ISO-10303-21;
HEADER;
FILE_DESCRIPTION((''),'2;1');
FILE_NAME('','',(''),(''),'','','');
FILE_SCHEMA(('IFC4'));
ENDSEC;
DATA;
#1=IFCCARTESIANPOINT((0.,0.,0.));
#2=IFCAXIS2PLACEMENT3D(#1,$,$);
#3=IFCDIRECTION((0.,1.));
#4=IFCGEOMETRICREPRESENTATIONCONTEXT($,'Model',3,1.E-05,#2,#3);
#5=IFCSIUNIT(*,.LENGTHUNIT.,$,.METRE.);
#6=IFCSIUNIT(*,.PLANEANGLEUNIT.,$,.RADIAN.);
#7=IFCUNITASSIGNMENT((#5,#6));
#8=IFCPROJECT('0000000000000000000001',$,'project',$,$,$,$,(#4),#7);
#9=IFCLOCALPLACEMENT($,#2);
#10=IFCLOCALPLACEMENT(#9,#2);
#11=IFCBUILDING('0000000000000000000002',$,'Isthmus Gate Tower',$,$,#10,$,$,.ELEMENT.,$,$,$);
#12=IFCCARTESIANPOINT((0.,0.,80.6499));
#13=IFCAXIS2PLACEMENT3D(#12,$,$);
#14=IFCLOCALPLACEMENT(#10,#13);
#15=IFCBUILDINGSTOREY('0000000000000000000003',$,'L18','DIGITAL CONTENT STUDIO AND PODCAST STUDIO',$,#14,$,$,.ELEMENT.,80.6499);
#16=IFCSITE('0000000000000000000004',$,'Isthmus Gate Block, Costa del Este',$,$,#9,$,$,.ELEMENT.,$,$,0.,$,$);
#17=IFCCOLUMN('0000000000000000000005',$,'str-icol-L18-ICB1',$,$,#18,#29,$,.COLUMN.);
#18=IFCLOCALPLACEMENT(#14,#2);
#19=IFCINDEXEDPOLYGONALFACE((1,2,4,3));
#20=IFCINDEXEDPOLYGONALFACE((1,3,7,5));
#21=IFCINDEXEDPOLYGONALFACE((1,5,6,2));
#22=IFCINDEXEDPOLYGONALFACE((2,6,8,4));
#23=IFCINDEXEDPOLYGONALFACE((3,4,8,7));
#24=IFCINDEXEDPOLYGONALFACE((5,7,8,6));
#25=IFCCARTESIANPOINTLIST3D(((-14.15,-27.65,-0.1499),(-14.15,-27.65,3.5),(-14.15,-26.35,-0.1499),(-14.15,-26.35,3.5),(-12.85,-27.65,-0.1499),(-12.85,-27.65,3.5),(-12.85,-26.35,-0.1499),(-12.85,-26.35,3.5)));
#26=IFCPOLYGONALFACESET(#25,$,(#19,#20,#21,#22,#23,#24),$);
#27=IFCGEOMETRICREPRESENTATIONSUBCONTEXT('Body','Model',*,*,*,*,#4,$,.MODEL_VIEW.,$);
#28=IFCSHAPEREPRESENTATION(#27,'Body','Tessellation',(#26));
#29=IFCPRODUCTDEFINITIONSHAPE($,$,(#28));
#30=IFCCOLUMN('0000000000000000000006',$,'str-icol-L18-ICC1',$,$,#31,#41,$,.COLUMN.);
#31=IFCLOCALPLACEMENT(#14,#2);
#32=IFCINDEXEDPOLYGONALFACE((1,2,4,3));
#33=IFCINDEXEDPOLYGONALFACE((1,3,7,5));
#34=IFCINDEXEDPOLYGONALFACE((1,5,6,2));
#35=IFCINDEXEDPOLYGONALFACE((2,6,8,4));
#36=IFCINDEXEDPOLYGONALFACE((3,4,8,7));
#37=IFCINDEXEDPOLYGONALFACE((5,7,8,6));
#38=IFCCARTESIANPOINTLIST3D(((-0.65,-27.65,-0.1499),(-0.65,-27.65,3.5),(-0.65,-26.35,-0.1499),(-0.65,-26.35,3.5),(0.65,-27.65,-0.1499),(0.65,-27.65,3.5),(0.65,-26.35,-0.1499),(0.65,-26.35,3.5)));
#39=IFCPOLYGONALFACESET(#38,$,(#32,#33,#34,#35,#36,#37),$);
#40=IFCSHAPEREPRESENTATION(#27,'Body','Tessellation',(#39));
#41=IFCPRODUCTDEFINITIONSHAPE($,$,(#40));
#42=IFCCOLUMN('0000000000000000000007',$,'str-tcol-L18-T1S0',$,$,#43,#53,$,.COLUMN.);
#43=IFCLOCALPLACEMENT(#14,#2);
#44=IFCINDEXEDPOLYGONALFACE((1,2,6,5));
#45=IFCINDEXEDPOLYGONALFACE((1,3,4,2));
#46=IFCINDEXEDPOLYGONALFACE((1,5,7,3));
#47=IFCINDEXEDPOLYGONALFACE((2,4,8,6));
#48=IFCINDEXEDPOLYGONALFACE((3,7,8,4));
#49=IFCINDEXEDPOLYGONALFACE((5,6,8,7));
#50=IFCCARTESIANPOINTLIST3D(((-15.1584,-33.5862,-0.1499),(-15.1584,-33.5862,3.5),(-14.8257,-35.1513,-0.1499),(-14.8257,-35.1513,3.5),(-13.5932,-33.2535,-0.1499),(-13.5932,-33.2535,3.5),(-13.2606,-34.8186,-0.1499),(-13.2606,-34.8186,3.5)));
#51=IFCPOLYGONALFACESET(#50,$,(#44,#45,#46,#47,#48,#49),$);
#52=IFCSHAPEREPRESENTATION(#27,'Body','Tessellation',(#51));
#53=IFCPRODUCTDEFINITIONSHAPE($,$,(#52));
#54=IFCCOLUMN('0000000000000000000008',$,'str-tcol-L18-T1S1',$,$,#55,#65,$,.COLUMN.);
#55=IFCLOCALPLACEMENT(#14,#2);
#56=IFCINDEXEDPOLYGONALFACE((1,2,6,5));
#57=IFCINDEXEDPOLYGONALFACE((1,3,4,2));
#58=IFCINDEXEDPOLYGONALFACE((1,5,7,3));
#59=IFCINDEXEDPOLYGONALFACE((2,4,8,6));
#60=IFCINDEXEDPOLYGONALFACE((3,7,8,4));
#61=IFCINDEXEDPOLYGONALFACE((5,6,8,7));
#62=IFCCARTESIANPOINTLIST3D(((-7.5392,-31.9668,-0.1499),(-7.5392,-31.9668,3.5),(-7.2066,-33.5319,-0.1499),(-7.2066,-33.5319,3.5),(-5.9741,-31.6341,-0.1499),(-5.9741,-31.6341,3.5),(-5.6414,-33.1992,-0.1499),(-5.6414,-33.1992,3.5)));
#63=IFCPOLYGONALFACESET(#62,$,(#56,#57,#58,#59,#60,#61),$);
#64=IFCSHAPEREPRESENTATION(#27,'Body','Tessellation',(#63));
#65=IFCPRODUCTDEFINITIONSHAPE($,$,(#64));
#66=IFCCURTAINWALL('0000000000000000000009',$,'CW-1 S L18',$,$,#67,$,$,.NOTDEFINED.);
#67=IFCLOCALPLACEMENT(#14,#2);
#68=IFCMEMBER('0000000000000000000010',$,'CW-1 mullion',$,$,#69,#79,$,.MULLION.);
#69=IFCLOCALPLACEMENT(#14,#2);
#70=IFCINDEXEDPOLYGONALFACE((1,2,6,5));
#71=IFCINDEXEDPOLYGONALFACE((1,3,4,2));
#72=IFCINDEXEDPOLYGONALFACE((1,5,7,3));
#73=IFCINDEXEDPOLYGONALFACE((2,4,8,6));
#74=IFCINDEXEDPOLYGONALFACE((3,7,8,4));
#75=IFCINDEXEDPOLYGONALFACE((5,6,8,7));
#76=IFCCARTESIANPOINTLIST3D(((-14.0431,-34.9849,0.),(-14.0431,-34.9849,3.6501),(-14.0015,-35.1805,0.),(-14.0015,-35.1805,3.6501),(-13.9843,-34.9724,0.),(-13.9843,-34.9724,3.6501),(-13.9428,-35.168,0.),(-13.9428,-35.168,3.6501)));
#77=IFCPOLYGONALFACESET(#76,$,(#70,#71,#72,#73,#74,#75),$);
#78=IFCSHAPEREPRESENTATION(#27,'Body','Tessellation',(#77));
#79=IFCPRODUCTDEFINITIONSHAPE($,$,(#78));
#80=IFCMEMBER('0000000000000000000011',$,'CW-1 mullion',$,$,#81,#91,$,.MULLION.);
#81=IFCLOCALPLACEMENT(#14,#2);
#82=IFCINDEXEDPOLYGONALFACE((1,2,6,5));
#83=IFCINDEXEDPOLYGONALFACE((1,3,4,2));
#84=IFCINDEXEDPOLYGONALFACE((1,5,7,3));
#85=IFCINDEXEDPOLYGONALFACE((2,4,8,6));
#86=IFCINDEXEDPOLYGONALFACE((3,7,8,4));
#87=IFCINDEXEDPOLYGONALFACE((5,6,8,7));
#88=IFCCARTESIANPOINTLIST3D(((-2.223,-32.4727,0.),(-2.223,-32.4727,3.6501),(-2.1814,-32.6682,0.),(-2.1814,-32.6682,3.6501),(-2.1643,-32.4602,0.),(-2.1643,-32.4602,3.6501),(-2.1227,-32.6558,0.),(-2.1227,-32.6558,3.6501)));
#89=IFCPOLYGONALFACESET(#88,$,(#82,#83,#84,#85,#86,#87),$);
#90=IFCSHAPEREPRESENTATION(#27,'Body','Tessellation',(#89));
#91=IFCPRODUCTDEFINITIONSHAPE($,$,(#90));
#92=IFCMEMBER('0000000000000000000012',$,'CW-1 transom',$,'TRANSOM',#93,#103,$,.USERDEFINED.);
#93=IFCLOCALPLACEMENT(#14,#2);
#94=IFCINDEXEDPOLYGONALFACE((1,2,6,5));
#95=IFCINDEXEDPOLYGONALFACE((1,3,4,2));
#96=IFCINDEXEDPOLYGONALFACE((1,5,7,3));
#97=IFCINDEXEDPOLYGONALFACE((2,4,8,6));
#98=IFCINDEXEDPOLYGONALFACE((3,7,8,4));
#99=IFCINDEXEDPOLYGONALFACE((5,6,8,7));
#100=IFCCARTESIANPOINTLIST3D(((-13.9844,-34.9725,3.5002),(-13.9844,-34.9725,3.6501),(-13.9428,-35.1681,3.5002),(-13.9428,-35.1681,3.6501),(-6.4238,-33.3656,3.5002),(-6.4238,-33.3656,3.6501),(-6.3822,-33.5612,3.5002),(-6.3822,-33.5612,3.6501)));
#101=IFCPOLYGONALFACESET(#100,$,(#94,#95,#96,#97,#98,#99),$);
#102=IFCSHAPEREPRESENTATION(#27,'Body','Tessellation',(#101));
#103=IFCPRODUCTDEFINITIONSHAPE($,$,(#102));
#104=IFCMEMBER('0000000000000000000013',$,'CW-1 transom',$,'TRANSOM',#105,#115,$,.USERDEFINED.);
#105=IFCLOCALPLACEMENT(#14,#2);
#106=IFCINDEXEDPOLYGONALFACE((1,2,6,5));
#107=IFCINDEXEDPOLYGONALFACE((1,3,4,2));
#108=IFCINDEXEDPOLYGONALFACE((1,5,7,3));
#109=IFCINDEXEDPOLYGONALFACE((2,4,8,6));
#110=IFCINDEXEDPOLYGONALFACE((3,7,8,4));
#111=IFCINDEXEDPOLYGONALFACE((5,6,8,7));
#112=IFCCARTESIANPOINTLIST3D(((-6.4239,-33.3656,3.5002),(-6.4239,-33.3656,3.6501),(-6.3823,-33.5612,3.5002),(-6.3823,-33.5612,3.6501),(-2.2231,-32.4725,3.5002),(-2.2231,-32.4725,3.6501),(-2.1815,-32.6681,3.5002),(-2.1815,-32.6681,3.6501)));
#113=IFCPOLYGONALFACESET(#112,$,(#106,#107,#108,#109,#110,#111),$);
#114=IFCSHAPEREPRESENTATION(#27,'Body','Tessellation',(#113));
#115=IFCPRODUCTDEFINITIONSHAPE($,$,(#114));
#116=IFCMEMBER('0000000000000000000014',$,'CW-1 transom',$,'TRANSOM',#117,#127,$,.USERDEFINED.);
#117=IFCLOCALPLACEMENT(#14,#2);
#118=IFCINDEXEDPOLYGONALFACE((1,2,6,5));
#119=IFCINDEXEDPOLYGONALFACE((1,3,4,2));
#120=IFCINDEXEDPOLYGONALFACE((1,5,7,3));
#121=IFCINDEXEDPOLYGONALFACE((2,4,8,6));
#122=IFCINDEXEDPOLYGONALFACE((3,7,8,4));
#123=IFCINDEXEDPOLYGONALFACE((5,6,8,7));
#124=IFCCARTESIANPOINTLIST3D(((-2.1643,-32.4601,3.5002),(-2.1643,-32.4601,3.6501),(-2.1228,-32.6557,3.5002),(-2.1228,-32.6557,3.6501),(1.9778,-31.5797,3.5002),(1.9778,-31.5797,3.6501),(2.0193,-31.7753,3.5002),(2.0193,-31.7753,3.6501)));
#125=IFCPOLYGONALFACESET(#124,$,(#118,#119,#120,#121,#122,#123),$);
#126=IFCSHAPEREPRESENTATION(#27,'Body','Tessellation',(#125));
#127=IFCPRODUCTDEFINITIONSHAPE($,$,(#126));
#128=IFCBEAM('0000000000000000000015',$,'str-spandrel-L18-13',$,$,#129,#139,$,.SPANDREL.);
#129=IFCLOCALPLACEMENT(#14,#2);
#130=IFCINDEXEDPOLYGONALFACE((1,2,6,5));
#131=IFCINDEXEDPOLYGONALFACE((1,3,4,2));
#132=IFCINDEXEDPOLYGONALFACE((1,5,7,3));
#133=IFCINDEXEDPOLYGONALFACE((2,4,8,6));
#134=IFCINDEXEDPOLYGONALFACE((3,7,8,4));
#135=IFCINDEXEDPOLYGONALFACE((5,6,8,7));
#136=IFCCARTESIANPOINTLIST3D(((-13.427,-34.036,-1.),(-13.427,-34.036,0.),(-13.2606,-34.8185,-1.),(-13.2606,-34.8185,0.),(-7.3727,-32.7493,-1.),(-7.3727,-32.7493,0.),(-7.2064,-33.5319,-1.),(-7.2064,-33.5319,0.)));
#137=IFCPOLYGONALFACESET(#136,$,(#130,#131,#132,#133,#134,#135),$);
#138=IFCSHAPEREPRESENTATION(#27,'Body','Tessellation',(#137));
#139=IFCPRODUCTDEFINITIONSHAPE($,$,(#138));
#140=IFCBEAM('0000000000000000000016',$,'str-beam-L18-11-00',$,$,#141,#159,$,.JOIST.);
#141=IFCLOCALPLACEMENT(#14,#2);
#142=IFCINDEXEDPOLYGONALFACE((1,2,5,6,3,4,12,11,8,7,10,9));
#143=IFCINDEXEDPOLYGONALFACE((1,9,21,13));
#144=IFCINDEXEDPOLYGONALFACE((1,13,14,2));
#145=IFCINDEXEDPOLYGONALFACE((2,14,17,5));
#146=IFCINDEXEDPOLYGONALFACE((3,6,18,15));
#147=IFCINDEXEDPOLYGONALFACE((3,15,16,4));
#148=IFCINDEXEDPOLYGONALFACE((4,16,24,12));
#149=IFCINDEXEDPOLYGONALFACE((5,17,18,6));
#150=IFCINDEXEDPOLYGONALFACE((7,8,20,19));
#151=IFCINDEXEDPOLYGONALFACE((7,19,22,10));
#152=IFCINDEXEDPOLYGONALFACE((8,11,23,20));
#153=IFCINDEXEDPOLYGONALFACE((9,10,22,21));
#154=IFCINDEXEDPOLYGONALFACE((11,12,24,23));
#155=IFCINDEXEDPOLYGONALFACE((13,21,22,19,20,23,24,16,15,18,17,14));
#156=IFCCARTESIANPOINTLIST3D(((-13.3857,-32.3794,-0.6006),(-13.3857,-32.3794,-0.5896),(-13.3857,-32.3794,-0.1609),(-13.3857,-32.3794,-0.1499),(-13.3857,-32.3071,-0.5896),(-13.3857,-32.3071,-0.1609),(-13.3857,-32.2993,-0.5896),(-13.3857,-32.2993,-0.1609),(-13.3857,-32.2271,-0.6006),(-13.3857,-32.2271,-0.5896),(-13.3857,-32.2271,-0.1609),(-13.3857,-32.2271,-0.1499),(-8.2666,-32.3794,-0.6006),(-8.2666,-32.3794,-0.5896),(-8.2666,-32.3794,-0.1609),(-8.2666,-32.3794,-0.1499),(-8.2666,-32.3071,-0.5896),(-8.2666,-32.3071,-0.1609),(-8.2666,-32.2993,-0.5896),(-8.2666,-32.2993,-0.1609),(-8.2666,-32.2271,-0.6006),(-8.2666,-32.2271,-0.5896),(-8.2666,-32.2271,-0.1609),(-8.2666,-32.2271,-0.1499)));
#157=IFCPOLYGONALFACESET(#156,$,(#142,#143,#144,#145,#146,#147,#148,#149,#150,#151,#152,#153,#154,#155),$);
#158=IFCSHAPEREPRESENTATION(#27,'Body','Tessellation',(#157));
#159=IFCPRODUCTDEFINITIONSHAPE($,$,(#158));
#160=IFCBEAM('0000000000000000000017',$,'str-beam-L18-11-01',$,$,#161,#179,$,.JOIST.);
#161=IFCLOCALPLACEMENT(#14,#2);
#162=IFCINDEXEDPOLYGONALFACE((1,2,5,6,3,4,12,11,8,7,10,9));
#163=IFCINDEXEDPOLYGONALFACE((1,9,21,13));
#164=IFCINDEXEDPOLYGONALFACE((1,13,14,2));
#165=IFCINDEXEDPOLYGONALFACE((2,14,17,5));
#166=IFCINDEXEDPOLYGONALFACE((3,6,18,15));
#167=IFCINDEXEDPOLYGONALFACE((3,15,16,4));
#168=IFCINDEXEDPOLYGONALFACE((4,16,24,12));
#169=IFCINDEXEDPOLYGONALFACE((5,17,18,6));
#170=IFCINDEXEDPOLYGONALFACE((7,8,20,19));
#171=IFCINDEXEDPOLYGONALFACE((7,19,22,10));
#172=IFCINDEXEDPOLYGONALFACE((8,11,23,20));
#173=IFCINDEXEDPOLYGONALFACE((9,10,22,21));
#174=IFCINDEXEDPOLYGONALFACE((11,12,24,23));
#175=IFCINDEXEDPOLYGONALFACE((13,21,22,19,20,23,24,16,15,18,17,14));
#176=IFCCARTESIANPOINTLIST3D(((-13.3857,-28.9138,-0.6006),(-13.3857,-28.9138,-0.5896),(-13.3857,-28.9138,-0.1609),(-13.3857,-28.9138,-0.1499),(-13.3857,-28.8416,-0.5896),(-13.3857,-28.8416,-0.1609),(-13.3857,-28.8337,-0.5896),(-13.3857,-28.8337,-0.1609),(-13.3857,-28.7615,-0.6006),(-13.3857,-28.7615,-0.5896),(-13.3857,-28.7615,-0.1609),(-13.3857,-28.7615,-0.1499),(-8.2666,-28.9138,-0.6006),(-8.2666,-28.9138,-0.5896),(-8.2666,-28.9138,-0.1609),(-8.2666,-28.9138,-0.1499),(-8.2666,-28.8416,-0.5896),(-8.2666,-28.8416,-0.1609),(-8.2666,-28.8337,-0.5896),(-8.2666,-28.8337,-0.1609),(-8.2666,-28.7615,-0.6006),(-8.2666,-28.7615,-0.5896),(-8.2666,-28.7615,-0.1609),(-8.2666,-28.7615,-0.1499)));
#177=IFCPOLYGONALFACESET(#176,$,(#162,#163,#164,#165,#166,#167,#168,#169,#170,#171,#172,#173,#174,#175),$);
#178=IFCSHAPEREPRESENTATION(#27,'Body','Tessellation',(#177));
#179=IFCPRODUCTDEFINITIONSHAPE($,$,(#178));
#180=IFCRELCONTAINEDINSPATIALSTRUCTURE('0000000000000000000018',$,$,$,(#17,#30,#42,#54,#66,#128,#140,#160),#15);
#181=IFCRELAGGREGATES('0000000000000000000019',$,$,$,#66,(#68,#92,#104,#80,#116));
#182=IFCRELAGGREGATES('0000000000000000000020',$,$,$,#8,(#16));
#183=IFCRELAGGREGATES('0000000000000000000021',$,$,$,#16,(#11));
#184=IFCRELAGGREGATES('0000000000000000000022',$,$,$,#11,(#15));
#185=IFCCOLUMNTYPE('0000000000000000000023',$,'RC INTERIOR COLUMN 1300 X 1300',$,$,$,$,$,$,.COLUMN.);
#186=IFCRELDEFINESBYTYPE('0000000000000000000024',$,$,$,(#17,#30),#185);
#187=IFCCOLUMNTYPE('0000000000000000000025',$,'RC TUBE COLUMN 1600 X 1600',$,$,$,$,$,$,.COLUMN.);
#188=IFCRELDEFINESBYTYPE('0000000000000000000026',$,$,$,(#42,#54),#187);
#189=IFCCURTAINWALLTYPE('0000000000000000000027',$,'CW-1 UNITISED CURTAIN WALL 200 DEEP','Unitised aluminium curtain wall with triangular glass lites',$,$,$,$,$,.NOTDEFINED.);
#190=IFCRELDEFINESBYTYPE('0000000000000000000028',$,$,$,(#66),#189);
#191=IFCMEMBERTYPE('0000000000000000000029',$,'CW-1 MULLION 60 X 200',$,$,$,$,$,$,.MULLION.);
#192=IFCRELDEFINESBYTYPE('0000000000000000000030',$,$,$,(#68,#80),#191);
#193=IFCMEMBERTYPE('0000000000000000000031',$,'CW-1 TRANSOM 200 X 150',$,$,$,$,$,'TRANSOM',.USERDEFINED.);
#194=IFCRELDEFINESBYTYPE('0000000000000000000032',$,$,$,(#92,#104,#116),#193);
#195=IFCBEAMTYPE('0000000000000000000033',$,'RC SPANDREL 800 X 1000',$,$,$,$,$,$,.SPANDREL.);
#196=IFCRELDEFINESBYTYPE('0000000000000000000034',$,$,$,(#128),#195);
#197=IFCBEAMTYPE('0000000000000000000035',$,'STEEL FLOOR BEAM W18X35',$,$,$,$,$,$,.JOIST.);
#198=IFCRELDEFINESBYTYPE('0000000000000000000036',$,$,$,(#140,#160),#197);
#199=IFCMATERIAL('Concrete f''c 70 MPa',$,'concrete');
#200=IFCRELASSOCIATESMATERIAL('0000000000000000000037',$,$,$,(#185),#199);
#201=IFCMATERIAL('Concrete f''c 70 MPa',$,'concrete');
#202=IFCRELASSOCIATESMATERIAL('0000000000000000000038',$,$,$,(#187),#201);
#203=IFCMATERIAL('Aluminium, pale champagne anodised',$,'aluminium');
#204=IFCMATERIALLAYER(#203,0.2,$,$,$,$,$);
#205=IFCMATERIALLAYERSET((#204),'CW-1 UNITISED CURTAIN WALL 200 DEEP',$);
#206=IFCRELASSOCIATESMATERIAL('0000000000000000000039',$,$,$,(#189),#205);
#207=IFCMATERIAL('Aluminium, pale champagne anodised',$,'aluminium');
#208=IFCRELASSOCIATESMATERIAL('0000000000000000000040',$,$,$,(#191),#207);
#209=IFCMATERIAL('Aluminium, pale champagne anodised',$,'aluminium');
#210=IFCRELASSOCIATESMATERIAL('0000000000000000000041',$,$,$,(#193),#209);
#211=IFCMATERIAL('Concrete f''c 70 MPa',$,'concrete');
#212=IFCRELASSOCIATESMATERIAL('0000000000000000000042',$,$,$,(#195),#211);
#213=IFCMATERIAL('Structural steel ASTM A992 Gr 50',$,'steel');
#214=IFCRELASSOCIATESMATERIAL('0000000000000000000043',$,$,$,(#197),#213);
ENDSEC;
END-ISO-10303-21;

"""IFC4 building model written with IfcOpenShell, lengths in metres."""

from ifc_helpers import new_model, si_unit, direction, frame, origin, origin_2d, place, context, subcontext, project, spatial, rectangle, i_section, extrude, material, layer, layer_set, material_profile, profile_set, type_object, element, aggregate, save


model = new_model("IFC4")

# Units and contexts
model_context = context("Model", 3, precision=1e-05, world=origin(), true_north=direction((0.0, 1.0)))
body_context = subcontext(model_context, "Body", "Model", "MODEL_VIEW")
ifc_project = project(units=[si_unit("LENGTHUNIT", "METRE"), si_unit("PLANEANGLEUNIT", "RADIAN")], contexts=[model_context])

# Site, building, storey
site_placement = place(None, origin())
site = spatial("IfcSite", under=ifc_project, at=site_placement, Name="Isthmus Gate Block, Costa del Este", CompositionType="ELEMENT", RefElevation=0.0)
building_placement = place(site_placement, origin())
building = spatial("IfcBuilding", under=site, at=building_placement, Name="Isthmus Gate Tower", CompositionType="ELEMENT")
storey_placement = place(building_placement, frame((0.0, 0.0, 80.6499)))
storey = spatial("IfcBuildingStorey", under=building, at=storey_placement, Name="L18", Description="DIGITAL CONTENT STUDIO AND PODCAST STUDIO", CompositionType="ELEMENT", Elevation=80.6499)

# Columns
ifc_material_1 = material(Name="Concrete f'c 70 MPa", Category="concrete")
ifc_material_profile_1 = material_profile(ifc_material_1, rectangle(XDim=1.3, YDim=1.3, at=origin_2d()), Name="RC 1300X1300")
ifc_profile_set_1 = profile_set([ifc_material_profile_1], Name="Concrete f'c 70 MPa")
column_type_1 = type_object("IfcColumnType", Name="RC INTERIOR COLUMN 1300 X 1300", PredefinedType="COLUMN", material=ifc_profile_set_1)
for number, where, z_axis, x_axis, name in (
    (1, (-13.5, -27.0, -0.1499), (0.0, 0.0, 1.0), (1.0, 0.0, 0.0), "str-icol-L18-ICB1"),
    (2, (0.0, -27.0, -0.1499), (0.0, 0.0, 1.0), (1.0, 0.0, 0.0), "str-icol-L18-ICC1"),
):
    element("IfcColumn", number, at=place(storey_placement, frame(where, z_axis=z_axis, x_axis=x_axis)), inside=storey, type_object=column_type_1, Name=name, PredefinedType="COLUMN", context=body_context, shape_type="SweptSolid", body=[
        extrude(rectangle(XDim=1.3, YDim=1.3, at=origin_2d()), origin(), (0.0, 0.0, 1.0), 3.6499),
    ])
ifc_material_2 = material(Name="Concrete f'c 70 MPa", Category="concrete")
ifc_material_profile_2 = material_profile(ifc_material_2, rectangle(XDim=1.6001, YDim=1.6001, at=origin_2d()), Name="RC 1600X1600")
ifc_profile_set_2 = profile_set([ifc_material_profile_2], Name="Concrete f'c 70 MPa")
column_type_2 = type_object("IfcColumnType", Name="RC TUBE COLUMN 1600 X 1600", PredefinedType="COLUMN", material=ifc_profile_set_2)
for number, where, z_axis, x_axis, name in (
    (3, (-14.2095, -34.2024, -0.1499), (0.0, 0.0, 1.0), (0.978148, 0.207912, 0.0), "str-tcol-L18-T1S0"),
    (4, (-6.5903, -32.583, -0.1499), (0.0, 0.0, 1.0), (0.978148, 0.207912, 0.0), "str-tcol-L18-T1S1"),
):
    element("IfcColumn", number, at=place(storey_placement, frame(where, z_axis=z_axis, x_axis=x_axis)), inside=storey, type_object=column_type_2, Name=name, PredefinedType="COLUMN", context=body_context, shape_type="SweptSolid", body=[
        extrude(rectangle(XDim=1.6001, YDim=1.6001, at=origin_2d()), origin(), (0.0, 0.0, 1.0), 3.6499),
    ])

# Curtain wall, members
ifc_material_3 = material(Name="Aluminium, pale champagne anodised", Category="aluminium")
ifc_layer_1 = layer(ifc_material_3, 0.2)
ifc_layer_set_1 = layer_set([ifc_layer_1], Name="CW-1 UNITISED CURTAIN WALL 200 DEEP")
curtain_wall_type = type_object("IfcCurtainWallType", Name="CW-1 UNITISED CURTAIN WALL 200 DEEP", Description="Unitised aluminium curtain wall with triangular glass lites", PredefinedType="NOTDEFINED", material=ifc_layer_set_1)
curtain_wall_placement = place(storey_placement, origin())
curtain_wall = element("IfcCurtainWall", 5, at=curtain_wall_placement, inside=storey, type_object=curtain_wall_type, Name="CW-1 S L18", PredefinedType="NOTDEFINED")
ifc_material_4 = material(Name="Aluminium, pale champagne anodised", Category="aluminium")
ifc_material_profile_3 = material_profile(ifc_material_4, rectangle(XDim=0.0601, YDim=0.2, at=origin_2d()), Name="60x200")
ifc_profile_set_3 = profile_set([ifc_material_profile_3], Name="Aluminium, pale champagne anodised")
member_type_1 = type_object("IfcMemberType", Name="CW-1 MULLION 60 X 200", PredefinedType="MULLION", material=ifc_profile_set_3)
member_1_placement = place(storey_placement, frame((-13.9929, -35.0764, 0.0), z_axis=(0.0, 0.0, 1.0), x_axis=(0.978148, 0.207912, 0.0)))
member_1 = element("IfcMember", 6, at=member_1_placement, type_object=member_type_1, Name="CW-1 mullion", PredefinedType="MULLION", context=body_context, shape_type="SweptSolid", body=[
    extrude(rectangle(XDim=0.0601, YDim=0.2, at=origin_2d()), origin(), (0.0, 0.0, 1.0), 3.6501),
])
member_2_placement = place(storey_placement, frame((-2.1729, -32.5642, 0.0), z_axis=(0.0, 0.0, 1.0), x_axis=(0.978148, 0.207912, 0.0)))
member_2 = element("IfcMember", 7, at=member_2_placement, type_object=member_type_1, Name="CW-1 mullion", PredefinedType="MULLION", context=body_context, shape_type="SweptSolid", body=[
    extrude(rectangle(XDim=0.0601, YDim=0.2, at=origin_2d()), origin(), (0.0, 0.0, 1.0), 3.6501),
])
ifc_material_5 = material(Name="Aluminium, pale champagne anodised", Category="aluminium")
ifc_material_profile_4 = material_profile(ifc_material_5, rectangle(XDim=0.2, YDim=0.1499, at=origin_2d()), Name="200x150")
ifc_profile_set_4 = profile_set([ifc_material_profile_4], Name="Aluminium, pale champagne anodised")
member_type_2 = type_object("IfcMemberType", Name="CW-1 TRANSOM 200 X 150", ElementType="TRANSOM", PredefinedType="USERDEFINED", material=ifc_profile_set_4)
member_3_placement = place(storey_placement, frame((-13.9636, -35.0703, 3.5752), z_axis=(0.978151, 0.207898, 0.0), x_axis=(-0.207898, 0.978151, 0.0)))
member_3 = element("IfcMember", 8, at=member_3_placement, type_object=member_type_2, Name="CW-1 transom", ObjectType="TRANSOM", PredefinedType="USERDEFINED", context=body_context, shape_type="SweptSolid", body=[
    extrude(rectangle(XDim=0.2, YDim=0.1499, at=origin_2d()), origin(), (0.0, 0.0, 1.0), 7.7295),
])
member_4_placement = place(storey_placement, frame((-6.4031, -33.4634, 3.5752), z_axis=(0.978139, 0.207953, 0.0), x_axis=(-0.207953, 0.978139, 0.0)))
member_4 = element("IfcMember", 9, at=member_4_placement, type_object=member_type_2, Name="CW-1 transom", ObjectType="TRANSOM", PredefinedType="USERDEFINED", context=body_context, shape_type="SweptSolid", body=[
    extrude(rectangle(XDim=0.2, YDim=0.1499, at=origin_2d()), origin(), (0.0, 0.0, 1.0), 4.2947),
])
member_5_placement = place(storey_placement, frame((-2.1436, -32.5579, 3.5752), z_axis=(0.97815, 0.207899, 0.0), x_axis=(-0.207899, 0.97815, 0.0)))
member_5 = element("IfcMember", 10, at=member_5_placement, type_object=member_type_2, Name="CW-1 transom", ObjectType="TRANSOM", PredefinedType="USERDEFINED", context=body_context, shape_type="SweptSolid", body=[
    extrude(rectangle(XDim=0.2, YDim=0.1499, at=origin_2d()), origin(), (0.0, 0.0, 1.0), 4.2346),
])

# Beams
ifc_material_6 = material(Name="Concrete f'c 70 MPa", Category="concrete")
ifc_material_profile_5 = material_profile(ifc_material_6, rectangle(XDim=0.8, YDim=1.0, at=origin_2d()), Name="RC 800X1000")
ifc_profile_set_5 = profile_set([ifc_material_profile_5], Name="Concrete f'c 70 MPa")
beam_type_1 = type_object("IfcBeamType", Name="RC SPANDREL 800 X 1000", PredefinedType="SPANDREL", material=ifc_profile_set_5)
beam_1_placement = place(storey_placement, frame((-7.2896, -33.1406, -0.5), z_axis=(-0.978155, -0.207875, 0.0), x_axis=(0.207875, -0.978155, 0.0)))
element("IfcBeam", 11, at=beam_1_placement, inside=storey, type_object=beam_type_1, Name="str-spandrel-L18-13", PredefinedType="SPANDREL", context=body_context, shape_type="SweptSolid", body=[
    extrude(rectangle(XDim=0.8, YDim=1.0, at=origin_2d()), origin(), (0.0, 0.0, 1.0), 6.1895),
])
ifc_material_7 = material(Name="Structural steel ASTM A992 Gr 50", Category="steel")
ifc_material_profile_6 = material_profile(ifc_material_7, i_section(OverallWidth=0.1523, OverallDepth=0.4507, WebThickness=0.0078, FlangeThickness=0.011, at=origin_2d()), Name="W18X35")
ifc_profile_set_6 = profile_set([ifc_material_profile_6], Name="Structural steel ASTM A992 Gr 50")
beam_type_2 = type_object("IfcBeamType", Name="STEEL FLOOR BEAM W18X35", PredefinedType="JOIST", material=ifc_profile_set_6)
for number, where, z_axis, x_axis, name in (
    (12, (-13.3857, -32.3032, -0.3752), (1.0, 0.0, 0.0), (0.0, 1.0, 0.0), "str-beam-L18-11-00"),
    (13, (-13.3857, -28.8376, -0.3752), (1.0, 0.0, 0.0), (0.0, 1.0, 0.0), "str-beam-L18-11-01"),
):
    element("IfcBeam", number, at=place(storey_placement, frame(where, z_axis=z_axis, x_axis=x_axis)), inside=storey, type_object=beam_type_2, Name=name, PredefinedType="JOIST", context=body_context, shape_type="SweptSolid", body=[
        extrude(i_section(OverallWidth=0.1523, OverallDepth=0.4507, WebThickness=0.0078, FlangeThickness=0.011, at=origin_2d()), origin(), (0.0, 0.0, 1.0), 5.1191),
    ])

aggregate(curtain_wall, [member_1, member_3, member_4, member_2, member_5])

save(model, "model.ifc")
